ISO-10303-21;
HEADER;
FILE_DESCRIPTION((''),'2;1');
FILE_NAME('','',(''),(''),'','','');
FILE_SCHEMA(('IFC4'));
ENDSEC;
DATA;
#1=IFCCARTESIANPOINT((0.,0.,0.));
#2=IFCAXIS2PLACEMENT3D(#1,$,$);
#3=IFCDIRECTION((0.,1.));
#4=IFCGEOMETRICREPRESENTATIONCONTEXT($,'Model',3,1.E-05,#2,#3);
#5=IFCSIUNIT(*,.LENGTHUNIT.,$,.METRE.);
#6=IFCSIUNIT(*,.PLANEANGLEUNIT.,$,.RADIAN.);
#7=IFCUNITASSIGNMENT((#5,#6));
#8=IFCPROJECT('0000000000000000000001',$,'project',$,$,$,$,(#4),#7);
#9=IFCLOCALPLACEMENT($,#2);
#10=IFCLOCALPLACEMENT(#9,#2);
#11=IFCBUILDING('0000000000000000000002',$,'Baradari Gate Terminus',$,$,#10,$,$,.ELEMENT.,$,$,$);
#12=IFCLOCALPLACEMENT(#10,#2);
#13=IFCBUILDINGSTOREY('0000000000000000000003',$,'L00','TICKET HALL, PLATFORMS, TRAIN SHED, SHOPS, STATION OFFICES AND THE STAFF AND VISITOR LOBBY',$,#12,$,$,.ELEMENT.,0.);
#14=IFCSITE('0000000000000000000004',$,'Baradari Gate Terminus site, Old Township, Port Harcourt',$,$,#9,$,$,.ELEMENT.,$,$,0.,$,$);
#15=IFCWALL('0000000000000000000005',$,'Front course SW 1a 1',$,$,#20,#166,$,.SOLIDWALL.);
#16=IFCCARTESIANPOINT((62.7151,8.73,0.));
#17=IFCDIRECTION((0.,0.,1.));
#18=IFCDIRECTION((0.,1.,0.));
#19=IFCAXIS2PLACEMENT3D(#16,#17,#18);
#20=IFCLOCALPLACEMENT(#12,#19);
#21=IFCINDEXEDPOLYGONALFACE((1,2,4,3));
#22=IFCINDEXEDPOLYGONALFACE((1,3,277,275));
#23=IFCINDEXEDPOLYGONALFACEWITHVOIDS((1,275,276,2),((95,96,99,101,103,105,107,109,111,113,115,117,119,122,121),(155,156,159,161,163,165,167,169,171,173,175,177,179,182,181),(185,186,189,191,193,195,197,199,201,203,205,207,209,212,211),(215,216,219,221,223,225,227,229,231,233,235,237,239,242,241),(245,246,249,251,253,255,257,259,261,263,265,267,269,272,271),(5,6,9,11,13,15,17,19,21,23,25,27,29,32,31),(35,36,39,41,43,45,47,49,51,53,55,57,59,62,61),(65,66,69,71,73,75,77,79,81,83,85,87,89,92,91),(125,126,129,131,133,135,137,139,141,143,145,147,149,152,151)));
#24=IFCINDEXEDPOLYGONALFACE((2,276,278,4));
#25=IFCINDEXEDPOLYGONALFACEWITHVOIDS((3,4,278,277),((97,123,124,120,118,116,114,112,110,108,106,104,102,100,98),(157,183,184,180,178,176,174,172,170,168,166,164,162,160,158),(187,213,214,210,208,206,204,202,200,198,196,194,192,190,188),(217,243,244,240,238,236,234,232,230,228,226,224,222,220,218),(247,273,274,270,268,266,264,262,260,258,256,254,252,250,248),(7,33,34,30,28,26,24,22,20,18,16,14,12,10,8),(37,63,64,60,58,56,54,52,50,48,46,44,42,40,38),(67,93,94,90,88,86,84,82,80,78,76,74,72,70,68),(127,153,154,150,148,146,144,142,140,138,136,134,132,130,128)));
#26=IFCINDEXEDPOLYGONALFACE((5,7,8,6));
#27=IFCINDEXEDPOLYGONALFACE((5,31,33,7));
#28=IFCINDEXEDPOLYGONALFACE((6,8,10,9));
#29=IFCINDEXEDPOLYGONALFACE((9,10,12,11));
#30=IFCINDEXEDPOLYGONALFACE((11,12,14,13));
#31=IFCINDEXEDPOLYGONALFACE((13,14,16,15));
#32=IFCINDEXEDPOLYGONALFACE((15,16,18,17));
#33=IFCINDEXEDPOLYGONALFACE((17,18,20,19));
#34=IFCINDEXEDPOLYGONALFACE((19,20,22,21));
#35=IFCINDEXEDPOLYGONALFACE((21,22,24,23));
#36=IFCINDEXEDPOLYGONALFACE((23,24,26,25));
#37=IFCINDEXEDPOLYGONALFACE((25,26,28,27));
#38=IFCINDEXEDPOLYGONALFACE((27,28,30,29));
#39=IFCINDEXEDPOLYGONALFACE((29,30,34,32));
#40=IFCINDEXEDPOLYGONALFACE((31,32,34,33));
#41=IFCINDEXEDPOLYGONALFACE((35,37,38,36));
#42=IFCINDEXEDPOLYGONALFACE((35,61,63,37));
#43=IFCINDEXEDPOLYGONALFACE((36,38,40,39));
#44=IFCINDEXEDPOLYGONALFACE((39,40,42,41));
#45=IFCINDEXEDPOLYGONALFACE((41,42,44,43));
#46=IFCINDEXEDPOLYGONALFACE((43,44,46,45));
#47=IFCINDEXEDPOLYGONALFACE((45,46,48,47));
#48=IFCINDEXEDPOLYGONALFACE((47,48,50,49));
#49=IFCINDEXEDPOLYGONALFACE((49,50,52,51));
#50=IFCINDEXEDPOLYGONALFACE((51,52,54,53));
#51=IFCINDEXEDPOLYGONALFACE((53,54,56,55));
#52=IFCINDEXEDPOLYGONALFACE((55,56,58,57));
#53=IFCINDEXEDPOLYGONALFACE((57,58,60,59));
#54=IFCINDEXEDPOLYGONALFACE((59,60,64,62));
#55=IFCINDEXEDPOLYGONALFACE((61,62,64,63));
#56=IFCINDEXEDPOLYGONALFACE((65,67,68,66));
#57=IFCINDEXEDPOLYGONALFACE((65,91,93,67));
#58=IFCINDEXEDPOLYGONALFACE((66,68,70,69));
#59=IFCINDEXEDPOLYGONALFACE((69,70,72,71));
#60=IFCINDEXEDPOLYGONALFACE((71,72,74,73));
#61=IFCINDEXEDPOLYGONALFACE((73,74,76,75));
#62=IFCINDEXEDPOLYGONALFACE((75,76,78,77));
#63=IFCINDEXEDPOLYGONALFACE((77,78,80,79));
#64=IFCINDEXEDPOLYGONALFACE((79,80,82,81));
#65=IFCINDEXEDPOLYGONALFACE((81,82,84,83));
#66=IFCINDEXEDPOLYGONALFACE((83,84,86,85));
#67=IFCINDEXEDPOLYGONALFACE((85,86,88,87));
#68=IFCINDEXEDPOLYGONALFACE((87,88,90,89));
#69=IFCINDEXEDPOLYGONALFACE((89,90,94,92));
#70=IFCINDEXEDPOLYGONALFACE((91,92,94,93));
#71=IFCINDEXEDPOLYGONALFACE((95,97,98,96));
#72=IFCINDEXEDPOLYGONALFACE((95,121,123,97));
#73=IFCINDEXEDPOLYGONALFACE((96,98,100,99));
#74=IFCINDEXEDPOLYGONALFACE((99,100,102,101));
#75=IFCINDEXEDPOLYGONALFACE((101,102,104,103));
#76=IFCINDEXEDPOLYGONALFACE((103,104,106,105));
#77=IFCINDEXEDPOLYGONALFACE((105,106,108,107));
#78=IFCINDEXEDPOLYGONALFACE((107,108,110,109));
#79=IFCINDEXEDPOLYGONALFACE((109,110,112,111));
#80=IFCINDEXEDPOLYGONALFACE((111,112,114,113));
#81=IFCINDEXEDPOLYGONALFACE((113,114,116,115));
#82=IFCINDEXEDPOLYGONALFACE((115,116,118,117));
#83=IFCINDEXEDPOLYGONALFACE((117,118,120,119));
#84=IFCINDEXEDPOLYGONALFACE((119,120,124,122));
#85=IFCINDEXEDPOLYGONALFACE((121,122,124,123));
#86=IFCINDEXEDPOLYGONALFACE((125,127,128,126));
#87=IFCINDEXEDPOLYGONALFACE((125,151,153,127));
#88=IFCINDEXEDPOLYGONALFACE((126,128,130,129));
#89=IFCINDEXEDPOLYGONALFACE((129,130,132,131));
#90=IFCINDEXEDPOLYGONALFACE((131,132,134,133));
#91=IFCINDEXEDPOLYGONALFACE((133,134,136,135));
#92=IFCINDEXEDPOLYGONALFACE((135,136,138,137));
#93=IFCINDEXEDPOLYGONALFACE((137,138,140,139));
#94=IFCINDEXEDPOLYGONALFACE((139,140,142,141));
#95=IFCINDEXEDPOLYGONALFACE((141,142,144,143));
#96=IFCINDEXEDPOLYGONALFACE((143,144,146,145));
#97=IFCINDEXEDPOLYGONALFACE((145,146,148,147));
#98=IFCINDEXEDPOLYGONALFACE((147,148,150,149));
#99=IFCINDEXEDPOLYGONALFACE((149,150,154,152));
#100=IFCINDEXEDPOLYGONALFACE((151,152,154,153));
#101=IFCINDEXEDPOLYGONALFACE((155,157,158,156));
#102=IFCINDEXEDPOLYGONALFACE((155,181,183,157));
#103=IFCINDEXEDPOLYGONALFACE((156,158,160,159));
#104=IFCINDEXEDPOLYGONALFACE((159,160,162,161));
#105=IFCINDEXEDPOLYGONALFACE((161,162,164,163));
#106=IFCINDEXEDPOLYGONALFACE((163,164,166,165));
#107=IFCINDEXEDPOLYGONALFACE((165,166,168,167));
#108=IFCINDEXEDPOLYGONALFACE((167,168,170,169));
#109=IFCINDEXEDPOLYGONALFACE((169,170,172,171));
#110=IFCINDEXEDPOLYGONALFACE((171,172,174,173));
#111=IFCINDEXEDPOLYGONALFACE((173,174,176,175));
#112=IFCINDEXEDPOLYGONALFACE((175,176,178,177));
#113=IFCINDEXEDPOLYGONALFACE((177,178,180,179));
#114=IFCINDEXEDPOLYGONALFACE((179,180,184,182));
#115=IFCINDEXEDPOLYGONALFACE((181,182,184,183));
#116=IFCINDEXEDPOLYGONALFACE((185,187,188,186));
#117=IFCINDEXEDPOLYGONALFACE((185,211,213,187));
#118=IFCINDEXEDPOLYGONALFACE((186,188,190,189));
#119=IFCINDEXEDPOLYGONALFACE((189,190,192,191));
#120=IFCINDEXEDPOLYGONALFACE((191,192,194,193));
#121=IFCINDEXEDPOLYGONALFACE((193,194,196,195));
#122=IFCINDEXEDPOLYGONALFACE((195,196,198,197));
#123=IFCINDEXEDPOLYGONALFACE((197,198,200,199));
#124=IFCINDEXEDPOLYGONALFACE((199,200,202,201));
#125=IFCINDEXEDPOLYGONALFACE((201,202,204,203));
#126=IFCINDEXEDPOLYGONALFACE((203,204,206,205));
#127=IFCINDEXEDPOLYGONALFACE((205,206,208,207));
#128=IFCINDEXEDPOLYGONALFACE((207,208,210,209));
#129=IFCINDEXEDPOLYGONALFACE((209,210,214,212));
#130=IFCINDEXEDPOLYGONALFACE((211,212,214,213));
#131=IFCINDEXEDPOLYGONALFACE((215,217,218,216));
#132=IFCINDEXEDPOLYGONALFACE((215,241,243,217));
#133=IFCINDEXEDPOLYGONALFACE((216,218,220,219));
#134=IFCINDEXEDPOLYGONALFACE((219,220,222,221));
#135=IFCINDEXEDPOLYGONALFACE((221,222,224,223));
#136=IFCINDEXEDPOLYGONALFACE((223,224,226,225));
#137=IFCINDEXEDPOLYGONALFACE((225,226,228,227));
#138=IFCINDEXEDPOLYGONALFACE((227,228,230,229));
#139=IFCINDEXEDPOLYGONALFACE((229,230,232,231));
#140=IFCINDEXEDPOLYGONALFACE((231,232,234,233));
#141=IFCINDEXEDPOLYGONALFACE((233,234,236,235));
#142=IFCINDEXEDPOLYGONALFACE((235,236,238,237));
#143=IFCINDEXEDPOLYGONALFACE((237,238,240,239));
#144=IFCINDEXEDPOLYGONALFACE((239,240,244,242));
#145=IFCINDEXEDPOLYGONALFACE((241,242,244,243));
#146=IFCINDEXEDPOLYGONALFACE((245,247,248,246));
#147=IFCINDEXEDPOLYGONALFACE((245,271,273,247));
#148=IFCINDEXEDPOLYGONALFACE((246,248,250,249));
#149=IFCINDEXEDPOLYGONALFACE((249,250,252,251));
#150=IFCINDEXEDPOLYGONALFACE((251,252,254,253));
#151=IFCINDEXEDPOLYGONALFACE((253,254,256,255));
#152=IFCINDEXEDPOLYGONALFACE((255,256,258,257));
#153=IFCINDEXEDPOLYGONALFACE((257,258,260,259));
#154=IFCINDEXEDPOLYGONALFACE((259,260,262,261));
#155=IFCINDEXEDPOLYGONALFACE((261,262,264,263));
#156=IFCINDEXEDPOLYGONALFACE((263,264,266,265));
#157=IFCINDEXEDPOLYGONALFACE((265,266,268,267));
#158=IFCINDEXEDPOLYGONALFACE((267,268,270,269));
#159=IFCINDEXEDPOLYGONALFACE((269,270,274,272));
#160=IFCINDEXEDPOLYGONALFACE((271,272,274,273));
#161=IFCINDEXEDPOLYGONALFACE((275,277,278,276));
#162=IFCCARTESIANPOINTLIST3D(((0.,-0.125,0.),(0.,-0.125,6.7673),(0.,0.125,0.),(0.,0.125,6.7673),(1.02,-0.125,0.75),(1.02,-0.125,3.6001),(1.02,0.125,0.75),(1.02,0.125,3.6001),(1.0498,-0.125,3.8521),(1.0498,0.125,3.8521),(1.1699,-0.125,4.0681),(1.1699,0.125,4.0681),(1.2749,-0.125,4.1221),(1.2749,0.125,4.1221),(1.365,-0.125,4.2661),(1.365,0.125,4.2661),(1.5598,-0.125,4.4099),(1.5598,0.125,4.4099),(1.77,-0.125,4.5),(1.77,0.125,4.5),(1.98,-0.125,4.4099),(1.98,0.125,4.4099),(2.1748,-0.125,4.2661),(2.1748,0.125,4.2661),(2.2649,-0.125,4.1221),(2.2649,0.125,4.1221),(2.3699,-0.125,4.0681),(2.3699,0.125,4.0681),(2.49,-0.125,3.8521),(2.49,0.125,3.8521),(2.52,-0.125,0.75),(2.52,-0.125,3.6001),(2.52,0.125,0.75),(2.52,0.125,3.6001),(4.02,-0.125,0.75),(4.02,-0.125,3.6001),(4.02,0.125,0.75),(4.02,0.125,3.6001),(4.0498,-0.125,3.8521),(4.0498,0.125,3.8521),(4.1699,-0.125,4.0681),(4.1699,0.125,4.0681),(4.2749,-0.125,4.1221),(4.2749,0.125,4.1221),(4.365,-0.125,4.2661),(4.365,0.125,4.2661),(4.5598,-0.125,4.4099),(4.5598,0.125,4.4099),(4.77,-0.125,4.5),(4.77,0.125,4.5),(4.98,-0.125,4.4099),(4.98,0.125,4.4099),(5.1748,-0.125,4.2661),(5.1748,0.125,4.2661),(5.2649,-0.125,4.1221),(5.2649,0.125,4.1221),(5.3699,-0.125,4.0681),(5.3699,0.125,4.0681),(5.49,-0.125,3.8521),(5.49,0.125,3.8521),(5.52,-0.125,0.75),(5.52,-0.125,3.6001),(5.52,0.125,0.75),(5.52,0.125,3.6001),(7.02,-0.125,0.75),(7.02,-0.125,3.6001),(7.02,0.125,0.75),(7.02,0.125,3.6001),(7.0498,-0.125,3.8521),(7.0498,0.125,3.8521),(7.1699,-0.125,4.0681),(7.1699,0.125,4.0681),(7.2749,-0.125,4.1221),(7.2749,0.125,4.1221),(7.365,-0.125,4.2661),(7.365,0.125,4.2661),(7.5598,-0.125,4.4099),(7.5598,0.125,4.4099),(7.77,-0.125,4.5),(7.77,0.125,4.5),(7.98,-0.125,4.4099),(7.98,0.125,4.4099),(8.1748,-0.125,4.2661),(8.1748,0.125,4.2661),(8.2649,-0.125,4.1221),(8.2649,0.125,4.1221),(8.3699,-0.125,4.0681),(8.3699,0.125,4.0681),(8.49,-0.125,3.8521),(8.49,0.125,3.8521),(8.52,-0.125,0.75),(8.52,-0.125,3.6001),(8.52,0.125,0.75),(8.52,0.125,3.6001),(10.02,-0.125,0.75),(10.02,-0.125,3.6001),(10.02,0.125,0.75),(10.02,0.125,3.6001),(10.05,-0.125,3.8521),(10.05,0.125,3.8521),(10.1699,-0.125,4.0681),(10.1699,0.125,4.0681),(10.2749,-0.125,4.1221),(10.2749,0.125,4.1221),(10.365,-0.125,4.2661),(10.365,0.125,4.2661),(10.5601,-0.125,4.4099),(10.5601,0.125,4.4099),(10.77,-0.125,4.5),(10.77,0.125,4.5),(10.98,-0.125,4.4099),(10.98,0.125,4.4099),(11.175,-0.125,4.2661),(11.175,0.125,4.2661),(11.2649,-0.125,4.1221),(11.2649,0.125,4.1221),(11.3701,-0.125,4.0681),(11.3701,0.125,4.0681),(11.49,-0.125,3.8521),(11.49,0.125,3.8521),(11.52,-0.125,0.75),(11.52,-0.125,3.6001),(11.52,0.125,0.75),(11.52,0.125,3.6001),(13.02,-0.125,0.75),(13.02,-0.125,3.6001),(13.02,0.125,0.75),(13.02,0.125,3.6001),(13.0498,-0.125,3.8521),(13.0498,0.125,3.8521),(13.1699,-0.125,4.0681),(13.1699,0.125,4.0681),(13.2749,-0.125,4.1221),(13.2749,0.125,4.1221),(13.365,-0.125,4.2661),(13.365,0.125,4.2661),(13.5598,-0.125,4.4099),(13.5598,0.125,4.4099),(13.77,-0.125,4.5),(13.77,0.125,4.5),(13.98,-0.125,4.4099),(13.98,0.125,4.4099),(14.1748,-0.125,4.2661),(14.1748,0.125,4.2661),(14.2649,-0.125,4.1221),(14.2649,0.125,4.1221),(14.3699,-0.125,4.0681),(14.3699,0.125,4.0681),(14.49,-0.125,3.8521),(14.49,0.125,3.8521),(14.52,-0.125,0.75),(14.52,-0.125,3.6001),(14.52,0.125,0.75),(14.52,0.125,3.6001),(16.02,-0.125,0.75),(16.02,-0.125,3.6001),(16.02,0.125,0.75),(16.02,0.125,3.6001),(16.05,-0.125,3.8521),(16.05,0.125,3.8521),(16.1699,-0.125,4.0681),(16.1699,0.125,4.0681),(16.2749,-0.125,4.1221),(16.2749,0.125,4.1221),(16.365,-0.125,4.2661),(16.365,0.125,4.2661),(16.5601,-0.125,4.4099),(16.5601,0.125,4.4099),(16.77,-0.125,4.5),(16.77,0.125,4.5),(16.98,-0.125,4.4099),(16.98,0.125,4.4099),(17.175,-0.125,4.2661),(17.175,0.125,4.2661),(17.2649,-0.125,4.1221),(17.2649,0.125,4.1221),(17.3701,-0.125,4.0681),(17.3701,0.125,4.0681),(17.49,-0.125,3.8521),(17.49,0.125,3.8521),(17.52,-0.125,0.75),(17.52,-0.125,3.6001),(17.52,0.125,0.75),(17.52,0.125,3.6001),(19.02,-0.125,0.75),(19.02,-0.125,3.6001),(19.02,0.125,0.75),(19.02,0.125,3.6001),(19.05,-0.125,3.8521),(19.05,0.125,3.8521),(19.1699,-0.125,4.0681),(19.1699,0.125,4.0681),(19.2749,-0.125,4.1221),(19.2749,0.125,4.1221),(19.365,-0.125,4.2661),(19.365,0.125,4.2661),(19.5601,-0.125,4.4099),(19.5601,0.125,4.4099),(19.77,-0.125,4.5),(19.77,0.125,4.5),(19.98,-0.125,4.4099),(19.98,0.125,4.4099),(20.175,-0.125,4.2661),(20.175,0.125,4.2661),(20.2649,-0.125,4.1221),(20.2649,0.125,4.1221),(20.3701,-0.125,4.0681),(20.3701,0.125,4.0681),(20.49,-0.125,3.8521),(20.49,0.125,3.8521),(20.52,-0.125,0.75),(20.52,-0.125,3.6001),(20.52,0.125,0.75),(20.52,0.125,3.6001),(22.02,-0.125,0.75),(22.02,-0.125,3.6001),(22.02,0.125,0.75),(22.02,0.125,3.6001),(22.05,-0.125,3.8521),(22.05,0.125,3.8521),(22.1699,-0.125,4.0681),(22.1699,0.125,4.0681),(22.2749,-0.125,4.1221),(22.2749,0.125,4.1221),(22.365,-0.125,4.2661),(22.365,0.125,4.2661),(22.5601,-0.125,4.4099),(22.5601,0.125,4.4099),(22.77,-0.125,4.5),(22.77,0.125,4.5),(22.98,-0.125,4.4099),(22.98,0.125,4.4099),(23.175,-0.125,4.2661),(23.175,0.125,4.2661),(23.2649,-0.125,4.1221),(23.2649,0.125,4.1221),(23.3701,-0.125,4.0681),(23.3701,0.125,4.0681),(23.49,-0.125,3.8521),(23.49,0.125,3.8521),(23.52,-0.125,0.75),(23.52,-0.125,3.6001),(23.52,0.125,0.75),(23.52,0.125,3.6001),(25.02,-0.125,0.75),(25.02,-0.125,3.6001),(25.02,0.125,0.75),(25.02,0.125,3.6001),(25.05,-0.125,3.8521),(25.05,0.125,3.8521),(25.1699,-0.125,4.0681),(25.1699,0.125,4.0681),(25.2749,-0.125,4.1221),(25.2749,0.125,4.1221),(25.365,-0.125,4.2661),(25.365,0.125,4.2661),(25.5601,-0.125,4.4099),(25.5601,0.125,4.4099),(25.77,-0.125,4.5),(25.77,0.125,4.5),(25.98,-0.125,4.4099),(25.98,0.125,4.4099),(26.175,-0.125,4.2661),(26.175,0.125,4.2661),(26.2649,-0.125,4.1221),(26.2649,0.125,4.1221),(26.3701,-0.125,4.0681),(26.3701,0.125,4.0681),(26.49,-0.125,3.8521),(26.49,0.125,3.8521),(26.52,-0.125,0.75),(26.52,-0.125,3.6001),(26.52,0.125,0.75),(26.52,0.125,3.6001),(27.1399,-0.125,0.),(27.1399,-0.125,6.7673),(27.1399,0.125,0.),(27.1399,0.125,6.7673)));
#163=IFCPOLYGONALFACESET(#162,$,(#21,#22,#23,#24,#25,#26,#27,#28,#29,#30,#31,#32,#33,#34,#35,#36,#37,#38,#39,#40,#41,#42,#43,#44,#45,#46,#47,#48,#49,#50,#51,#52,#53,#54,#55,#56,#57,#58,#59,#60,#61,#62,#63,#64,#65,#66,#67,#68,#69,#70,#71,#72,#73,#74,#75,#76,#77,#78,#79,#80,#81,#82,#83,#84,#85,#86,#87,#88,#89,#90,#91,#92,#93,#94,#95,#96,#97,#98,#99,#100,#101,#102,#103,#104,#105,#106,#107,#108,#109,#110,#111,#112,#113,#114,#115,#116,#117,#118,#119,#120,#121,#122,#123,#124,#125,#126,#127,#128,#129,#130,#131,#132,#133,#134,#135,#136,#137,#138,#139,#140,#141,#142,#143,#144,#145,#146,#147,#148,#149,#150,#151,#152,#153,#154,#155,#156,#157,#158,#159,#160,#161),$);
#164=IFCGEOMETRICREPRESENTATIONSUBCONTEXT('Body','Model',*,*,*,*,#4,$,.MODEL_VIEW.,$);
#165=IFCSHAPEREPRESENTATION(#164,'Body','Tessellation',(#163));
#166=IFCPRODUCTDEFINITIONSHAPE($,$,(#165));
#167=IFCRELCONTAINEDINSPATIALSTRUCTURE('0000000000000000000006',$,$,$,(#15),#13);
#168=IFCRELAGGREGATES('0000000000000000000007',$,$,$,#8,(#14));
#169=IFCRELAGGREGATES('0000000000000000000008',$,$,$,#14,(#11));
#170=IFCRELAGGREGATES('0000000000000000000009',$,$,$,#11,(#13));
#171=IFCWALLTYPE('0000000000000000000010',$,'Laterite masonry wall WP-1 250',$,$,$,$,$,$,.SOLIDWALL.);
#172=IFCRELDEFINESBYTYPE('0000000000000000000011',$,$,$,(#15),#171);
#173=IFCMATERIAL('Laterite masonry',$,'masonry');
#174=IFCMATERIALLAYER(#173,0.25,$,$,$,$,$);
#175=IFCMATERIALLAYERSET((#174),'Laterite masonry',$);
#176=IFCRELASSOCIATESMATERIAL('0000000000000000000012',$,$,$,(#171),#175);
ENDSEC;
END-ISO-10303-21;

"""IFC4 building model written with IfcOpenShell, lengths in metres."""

from ifc_helpers import new_model, si_unit, direction, frame, origin, place, context, subcontext, project, spatial, polyline, outline, extrude, material, layer, layer_set, type_object, element, save


model = new_model("IFC4")

# Units and contexts
model_context = context("Model", 3, precision=1e-05, world=origin(), true_north=direction((0.0, 1.0)))
body_context = subcontext(model_context, "Body", "Model", "MODEL_VIEW")
ifc_project = project(units=[si_unit("LENGTHUNIT", "METRE"), si_unit("PLANEANGLEUNIT", "RADIAN")], contexts=[model_context])

# Site, building, storey
site_placement = place(None, origin())
site = spatial("IfcSite", under=ifc_project, at=site_placement, Name="Baradari Gate Terminus site, Old Township, Port Harcourt", CompositionType="ELEMENT", RefElevation=0.0)
building_placement = place(site_placement, origin())
building = spatial("IfcBuilding", under=site, at=building_placement, Name="Baradari Gate Terminus", CompositionType="ELEMENT")
storey_placement = place(building_placement, origin())
storey = spatial("IfcBuildingStorey", under=building, at=storey_placement, Name="L00", Description="TICKET HALL, PLATFORMS, TRAIN SHED, SHOPS, STATION OFFICES AND THE STAFF AND VISITOR LOBBY", CompositionType="ELEMENT", Elevation=0.0)

# Wall
ifc_material_1 = material(Name="Laterite masonry", Category="masonry")
ifc_layer_1 = layer(ifc_material_1, 0.25)
ifc_layer_set_1 = layer_set([ifc_layer_1], Name="Laterite masonry")
wall_type_1 = type_object("IfcWallType", Name="Laterite masonry wall WP-1 250", PredefinedType="SOLIDWALL", material=ifc_layer_set_1)
wall_1_placement = place(storey_placement, frame((62.7151, 8.73, 0.0), z_axis=(0.0, 0.0, 1.0), x_axis=(0.0, 1.0, 0.0)))
element("IfcWall", 1, at=wall_1_placement, inside=storey, type_object=wall_type_1, Name="Front course SW 1a 1", PredefinedType="SOLIDWALL", context=body_context, shape_type="SweptSolid", body=[
    extrude(outline(polyline([(0.0, 0.0), (27.1399, 0.0), (27.1399, 6.7673), (0.0, 6.7673), (0.0, 0.0)]), holes=[polyline([(1.1699, 4.0681), (1.2749, 4.1221), (1.365, 4.2661), (1.5598, 4.4099), (1.77, 4.5), (1.98, 4.4099), (2.1748, 4.2661), (2.2649, 4.1221), (2.3699, 4.0681), (2.49, 3.8521), (2.52, 3.6001), (2.52, 0.75), (1.02, 0.75), (1.02, 3.6001), (1.0498, 3.8521), (1.1699, 4.0681)]), polyline([(4.1699, 4.0681), (4.2749, 4.1221), (4.365, 4.2661), (4.5598, 4.4099), (4.77, 4.5), (4.98, 4.4099), (5.1748, 4.2661), (5.2649, 4.1221), (5.3699, 4.0681), (5.49, 3.8521), (5.52, 3.6001), (5.52, 0.75), (4.02, 0.75), (4.02, 3.6001), (4.0498, 3.8521), (4.1699, 4.0681)]), polyline([(7.1699, 4.0681), (7.2749, 4.1221), (7.365, 4.2661), (7.5598, 4.4099), (7.77, 4.5), (7.98, 4.4099), (8.1748, 4.2661), (8.2649, 4.1221), (8.3699, 4.0681), (8.49, 3.8521), (8.52, 3.6001), (8.52, 0.75), (7.02, 0.75), (7.02, 3.6001), (7.0498, 3.8521), (7.1699, 4.0681)]), polyline([(10.1699, 4.0681), (10.2749, 4.1221), (10.365, 4.2661), (10.5601, 4.4099), (10.77, 4.5), (10.98, 4.4099), (11.175, 4.2661), (11.2649, 4.1221), (11.3701, 4.0681), (11.49, 3.8521), (11.52, 3.6001), (11.52, 0.75), (10.02, 0.75), (10.02, 3.6001), (10.05, 3.8521), (10.1699, 4.0681)]), polyline([(13.1699, 4.0681), (13.2749, 4.1221), (13.365, 4.2661), (13.5598, 4.4099), (13.77, 4.5), (13.98, 4.4099), (14.1748, 4.2661), (14.2649, 4.1221), (14.3699, 4.0681), (14.49, 3.8521), (14.52, 3.6001), (14.52, 0.75), (13.02, 0.75), (13.02, 3.6001), (13.0498, 3.8521), (13.1699, 4.0681)]), polyline([(16.1699, 4.0681), (16.2749, 4.1221), (16.365, 4.2661), (16.5601, 4.4099), (16.77, 4.5), (16.98, 4.4099), (17.175, 4.2661), (17.2649, 4.1221), (17.3701, 4.0681), (17.49, 3.8521), (17.52, 3.6001), (17.52, 0.75), (16.02, 0.75), (16.02, 3.6001), (16.05, 3.8521), (16.1699, 4.0681)]), polyline([(19.1699, 4.0681), (19.2749, 4.1221), (19.365, 4.2661), (19.5601, 4.4099), (19.77, 4.5), (19.98, 4.4099), (20.175, 4.2661), (20.2649, 4.1221), (20.3701, 4.0681), (20.49, 3.8521), (20.52, 3.6001), (20.52, 0.75), (19.02, 0.75), (19.02, 3.6001), (19.05, 3.8521), (19.1699, 4.0681)]), polyline([(22.2749, 4.1221), (22.365, 4.2661), (22.5601, 4.4099), (22.77, 4.5), (22.98, 4.4099), (23.175, 4.2661), (23.2649, 4.1221), (23.3701, 4.0681), (23.49, 3.8521), (23.52, 3.6001), (23.52, 0.75), (22.02, 0.75), (22.02, 3.6001), (22.05, 3.8521), (22.1699, 4.0681), (22.2749, 4.1221)]), polyline([(25.2749, 4.1221), (25.365, 4.2661), (25.5601, 4.4099), (25.77, 4.5), (25.98, 4.4099), (26.175, 4.2661), (26.2649, 4.1221), (26.3701, 4.0681), (26.49, 3.8521), (26.52, 3.6001), (26.52, 0.75), (25.02, 0.75), (25.02, 3.6001), (25.05, 3.8521), (25.1699, 4.0681), (25.2749, 4.1221)])]), frame((0.0, 0.125, 0.0), z_axis=(0.0, -1.0, 0.0), x_axis=(1.0, 0.0, 0.0)), (0.0, 0.0, 1.0), 0.25),
])

save(model, "model.ifc")
